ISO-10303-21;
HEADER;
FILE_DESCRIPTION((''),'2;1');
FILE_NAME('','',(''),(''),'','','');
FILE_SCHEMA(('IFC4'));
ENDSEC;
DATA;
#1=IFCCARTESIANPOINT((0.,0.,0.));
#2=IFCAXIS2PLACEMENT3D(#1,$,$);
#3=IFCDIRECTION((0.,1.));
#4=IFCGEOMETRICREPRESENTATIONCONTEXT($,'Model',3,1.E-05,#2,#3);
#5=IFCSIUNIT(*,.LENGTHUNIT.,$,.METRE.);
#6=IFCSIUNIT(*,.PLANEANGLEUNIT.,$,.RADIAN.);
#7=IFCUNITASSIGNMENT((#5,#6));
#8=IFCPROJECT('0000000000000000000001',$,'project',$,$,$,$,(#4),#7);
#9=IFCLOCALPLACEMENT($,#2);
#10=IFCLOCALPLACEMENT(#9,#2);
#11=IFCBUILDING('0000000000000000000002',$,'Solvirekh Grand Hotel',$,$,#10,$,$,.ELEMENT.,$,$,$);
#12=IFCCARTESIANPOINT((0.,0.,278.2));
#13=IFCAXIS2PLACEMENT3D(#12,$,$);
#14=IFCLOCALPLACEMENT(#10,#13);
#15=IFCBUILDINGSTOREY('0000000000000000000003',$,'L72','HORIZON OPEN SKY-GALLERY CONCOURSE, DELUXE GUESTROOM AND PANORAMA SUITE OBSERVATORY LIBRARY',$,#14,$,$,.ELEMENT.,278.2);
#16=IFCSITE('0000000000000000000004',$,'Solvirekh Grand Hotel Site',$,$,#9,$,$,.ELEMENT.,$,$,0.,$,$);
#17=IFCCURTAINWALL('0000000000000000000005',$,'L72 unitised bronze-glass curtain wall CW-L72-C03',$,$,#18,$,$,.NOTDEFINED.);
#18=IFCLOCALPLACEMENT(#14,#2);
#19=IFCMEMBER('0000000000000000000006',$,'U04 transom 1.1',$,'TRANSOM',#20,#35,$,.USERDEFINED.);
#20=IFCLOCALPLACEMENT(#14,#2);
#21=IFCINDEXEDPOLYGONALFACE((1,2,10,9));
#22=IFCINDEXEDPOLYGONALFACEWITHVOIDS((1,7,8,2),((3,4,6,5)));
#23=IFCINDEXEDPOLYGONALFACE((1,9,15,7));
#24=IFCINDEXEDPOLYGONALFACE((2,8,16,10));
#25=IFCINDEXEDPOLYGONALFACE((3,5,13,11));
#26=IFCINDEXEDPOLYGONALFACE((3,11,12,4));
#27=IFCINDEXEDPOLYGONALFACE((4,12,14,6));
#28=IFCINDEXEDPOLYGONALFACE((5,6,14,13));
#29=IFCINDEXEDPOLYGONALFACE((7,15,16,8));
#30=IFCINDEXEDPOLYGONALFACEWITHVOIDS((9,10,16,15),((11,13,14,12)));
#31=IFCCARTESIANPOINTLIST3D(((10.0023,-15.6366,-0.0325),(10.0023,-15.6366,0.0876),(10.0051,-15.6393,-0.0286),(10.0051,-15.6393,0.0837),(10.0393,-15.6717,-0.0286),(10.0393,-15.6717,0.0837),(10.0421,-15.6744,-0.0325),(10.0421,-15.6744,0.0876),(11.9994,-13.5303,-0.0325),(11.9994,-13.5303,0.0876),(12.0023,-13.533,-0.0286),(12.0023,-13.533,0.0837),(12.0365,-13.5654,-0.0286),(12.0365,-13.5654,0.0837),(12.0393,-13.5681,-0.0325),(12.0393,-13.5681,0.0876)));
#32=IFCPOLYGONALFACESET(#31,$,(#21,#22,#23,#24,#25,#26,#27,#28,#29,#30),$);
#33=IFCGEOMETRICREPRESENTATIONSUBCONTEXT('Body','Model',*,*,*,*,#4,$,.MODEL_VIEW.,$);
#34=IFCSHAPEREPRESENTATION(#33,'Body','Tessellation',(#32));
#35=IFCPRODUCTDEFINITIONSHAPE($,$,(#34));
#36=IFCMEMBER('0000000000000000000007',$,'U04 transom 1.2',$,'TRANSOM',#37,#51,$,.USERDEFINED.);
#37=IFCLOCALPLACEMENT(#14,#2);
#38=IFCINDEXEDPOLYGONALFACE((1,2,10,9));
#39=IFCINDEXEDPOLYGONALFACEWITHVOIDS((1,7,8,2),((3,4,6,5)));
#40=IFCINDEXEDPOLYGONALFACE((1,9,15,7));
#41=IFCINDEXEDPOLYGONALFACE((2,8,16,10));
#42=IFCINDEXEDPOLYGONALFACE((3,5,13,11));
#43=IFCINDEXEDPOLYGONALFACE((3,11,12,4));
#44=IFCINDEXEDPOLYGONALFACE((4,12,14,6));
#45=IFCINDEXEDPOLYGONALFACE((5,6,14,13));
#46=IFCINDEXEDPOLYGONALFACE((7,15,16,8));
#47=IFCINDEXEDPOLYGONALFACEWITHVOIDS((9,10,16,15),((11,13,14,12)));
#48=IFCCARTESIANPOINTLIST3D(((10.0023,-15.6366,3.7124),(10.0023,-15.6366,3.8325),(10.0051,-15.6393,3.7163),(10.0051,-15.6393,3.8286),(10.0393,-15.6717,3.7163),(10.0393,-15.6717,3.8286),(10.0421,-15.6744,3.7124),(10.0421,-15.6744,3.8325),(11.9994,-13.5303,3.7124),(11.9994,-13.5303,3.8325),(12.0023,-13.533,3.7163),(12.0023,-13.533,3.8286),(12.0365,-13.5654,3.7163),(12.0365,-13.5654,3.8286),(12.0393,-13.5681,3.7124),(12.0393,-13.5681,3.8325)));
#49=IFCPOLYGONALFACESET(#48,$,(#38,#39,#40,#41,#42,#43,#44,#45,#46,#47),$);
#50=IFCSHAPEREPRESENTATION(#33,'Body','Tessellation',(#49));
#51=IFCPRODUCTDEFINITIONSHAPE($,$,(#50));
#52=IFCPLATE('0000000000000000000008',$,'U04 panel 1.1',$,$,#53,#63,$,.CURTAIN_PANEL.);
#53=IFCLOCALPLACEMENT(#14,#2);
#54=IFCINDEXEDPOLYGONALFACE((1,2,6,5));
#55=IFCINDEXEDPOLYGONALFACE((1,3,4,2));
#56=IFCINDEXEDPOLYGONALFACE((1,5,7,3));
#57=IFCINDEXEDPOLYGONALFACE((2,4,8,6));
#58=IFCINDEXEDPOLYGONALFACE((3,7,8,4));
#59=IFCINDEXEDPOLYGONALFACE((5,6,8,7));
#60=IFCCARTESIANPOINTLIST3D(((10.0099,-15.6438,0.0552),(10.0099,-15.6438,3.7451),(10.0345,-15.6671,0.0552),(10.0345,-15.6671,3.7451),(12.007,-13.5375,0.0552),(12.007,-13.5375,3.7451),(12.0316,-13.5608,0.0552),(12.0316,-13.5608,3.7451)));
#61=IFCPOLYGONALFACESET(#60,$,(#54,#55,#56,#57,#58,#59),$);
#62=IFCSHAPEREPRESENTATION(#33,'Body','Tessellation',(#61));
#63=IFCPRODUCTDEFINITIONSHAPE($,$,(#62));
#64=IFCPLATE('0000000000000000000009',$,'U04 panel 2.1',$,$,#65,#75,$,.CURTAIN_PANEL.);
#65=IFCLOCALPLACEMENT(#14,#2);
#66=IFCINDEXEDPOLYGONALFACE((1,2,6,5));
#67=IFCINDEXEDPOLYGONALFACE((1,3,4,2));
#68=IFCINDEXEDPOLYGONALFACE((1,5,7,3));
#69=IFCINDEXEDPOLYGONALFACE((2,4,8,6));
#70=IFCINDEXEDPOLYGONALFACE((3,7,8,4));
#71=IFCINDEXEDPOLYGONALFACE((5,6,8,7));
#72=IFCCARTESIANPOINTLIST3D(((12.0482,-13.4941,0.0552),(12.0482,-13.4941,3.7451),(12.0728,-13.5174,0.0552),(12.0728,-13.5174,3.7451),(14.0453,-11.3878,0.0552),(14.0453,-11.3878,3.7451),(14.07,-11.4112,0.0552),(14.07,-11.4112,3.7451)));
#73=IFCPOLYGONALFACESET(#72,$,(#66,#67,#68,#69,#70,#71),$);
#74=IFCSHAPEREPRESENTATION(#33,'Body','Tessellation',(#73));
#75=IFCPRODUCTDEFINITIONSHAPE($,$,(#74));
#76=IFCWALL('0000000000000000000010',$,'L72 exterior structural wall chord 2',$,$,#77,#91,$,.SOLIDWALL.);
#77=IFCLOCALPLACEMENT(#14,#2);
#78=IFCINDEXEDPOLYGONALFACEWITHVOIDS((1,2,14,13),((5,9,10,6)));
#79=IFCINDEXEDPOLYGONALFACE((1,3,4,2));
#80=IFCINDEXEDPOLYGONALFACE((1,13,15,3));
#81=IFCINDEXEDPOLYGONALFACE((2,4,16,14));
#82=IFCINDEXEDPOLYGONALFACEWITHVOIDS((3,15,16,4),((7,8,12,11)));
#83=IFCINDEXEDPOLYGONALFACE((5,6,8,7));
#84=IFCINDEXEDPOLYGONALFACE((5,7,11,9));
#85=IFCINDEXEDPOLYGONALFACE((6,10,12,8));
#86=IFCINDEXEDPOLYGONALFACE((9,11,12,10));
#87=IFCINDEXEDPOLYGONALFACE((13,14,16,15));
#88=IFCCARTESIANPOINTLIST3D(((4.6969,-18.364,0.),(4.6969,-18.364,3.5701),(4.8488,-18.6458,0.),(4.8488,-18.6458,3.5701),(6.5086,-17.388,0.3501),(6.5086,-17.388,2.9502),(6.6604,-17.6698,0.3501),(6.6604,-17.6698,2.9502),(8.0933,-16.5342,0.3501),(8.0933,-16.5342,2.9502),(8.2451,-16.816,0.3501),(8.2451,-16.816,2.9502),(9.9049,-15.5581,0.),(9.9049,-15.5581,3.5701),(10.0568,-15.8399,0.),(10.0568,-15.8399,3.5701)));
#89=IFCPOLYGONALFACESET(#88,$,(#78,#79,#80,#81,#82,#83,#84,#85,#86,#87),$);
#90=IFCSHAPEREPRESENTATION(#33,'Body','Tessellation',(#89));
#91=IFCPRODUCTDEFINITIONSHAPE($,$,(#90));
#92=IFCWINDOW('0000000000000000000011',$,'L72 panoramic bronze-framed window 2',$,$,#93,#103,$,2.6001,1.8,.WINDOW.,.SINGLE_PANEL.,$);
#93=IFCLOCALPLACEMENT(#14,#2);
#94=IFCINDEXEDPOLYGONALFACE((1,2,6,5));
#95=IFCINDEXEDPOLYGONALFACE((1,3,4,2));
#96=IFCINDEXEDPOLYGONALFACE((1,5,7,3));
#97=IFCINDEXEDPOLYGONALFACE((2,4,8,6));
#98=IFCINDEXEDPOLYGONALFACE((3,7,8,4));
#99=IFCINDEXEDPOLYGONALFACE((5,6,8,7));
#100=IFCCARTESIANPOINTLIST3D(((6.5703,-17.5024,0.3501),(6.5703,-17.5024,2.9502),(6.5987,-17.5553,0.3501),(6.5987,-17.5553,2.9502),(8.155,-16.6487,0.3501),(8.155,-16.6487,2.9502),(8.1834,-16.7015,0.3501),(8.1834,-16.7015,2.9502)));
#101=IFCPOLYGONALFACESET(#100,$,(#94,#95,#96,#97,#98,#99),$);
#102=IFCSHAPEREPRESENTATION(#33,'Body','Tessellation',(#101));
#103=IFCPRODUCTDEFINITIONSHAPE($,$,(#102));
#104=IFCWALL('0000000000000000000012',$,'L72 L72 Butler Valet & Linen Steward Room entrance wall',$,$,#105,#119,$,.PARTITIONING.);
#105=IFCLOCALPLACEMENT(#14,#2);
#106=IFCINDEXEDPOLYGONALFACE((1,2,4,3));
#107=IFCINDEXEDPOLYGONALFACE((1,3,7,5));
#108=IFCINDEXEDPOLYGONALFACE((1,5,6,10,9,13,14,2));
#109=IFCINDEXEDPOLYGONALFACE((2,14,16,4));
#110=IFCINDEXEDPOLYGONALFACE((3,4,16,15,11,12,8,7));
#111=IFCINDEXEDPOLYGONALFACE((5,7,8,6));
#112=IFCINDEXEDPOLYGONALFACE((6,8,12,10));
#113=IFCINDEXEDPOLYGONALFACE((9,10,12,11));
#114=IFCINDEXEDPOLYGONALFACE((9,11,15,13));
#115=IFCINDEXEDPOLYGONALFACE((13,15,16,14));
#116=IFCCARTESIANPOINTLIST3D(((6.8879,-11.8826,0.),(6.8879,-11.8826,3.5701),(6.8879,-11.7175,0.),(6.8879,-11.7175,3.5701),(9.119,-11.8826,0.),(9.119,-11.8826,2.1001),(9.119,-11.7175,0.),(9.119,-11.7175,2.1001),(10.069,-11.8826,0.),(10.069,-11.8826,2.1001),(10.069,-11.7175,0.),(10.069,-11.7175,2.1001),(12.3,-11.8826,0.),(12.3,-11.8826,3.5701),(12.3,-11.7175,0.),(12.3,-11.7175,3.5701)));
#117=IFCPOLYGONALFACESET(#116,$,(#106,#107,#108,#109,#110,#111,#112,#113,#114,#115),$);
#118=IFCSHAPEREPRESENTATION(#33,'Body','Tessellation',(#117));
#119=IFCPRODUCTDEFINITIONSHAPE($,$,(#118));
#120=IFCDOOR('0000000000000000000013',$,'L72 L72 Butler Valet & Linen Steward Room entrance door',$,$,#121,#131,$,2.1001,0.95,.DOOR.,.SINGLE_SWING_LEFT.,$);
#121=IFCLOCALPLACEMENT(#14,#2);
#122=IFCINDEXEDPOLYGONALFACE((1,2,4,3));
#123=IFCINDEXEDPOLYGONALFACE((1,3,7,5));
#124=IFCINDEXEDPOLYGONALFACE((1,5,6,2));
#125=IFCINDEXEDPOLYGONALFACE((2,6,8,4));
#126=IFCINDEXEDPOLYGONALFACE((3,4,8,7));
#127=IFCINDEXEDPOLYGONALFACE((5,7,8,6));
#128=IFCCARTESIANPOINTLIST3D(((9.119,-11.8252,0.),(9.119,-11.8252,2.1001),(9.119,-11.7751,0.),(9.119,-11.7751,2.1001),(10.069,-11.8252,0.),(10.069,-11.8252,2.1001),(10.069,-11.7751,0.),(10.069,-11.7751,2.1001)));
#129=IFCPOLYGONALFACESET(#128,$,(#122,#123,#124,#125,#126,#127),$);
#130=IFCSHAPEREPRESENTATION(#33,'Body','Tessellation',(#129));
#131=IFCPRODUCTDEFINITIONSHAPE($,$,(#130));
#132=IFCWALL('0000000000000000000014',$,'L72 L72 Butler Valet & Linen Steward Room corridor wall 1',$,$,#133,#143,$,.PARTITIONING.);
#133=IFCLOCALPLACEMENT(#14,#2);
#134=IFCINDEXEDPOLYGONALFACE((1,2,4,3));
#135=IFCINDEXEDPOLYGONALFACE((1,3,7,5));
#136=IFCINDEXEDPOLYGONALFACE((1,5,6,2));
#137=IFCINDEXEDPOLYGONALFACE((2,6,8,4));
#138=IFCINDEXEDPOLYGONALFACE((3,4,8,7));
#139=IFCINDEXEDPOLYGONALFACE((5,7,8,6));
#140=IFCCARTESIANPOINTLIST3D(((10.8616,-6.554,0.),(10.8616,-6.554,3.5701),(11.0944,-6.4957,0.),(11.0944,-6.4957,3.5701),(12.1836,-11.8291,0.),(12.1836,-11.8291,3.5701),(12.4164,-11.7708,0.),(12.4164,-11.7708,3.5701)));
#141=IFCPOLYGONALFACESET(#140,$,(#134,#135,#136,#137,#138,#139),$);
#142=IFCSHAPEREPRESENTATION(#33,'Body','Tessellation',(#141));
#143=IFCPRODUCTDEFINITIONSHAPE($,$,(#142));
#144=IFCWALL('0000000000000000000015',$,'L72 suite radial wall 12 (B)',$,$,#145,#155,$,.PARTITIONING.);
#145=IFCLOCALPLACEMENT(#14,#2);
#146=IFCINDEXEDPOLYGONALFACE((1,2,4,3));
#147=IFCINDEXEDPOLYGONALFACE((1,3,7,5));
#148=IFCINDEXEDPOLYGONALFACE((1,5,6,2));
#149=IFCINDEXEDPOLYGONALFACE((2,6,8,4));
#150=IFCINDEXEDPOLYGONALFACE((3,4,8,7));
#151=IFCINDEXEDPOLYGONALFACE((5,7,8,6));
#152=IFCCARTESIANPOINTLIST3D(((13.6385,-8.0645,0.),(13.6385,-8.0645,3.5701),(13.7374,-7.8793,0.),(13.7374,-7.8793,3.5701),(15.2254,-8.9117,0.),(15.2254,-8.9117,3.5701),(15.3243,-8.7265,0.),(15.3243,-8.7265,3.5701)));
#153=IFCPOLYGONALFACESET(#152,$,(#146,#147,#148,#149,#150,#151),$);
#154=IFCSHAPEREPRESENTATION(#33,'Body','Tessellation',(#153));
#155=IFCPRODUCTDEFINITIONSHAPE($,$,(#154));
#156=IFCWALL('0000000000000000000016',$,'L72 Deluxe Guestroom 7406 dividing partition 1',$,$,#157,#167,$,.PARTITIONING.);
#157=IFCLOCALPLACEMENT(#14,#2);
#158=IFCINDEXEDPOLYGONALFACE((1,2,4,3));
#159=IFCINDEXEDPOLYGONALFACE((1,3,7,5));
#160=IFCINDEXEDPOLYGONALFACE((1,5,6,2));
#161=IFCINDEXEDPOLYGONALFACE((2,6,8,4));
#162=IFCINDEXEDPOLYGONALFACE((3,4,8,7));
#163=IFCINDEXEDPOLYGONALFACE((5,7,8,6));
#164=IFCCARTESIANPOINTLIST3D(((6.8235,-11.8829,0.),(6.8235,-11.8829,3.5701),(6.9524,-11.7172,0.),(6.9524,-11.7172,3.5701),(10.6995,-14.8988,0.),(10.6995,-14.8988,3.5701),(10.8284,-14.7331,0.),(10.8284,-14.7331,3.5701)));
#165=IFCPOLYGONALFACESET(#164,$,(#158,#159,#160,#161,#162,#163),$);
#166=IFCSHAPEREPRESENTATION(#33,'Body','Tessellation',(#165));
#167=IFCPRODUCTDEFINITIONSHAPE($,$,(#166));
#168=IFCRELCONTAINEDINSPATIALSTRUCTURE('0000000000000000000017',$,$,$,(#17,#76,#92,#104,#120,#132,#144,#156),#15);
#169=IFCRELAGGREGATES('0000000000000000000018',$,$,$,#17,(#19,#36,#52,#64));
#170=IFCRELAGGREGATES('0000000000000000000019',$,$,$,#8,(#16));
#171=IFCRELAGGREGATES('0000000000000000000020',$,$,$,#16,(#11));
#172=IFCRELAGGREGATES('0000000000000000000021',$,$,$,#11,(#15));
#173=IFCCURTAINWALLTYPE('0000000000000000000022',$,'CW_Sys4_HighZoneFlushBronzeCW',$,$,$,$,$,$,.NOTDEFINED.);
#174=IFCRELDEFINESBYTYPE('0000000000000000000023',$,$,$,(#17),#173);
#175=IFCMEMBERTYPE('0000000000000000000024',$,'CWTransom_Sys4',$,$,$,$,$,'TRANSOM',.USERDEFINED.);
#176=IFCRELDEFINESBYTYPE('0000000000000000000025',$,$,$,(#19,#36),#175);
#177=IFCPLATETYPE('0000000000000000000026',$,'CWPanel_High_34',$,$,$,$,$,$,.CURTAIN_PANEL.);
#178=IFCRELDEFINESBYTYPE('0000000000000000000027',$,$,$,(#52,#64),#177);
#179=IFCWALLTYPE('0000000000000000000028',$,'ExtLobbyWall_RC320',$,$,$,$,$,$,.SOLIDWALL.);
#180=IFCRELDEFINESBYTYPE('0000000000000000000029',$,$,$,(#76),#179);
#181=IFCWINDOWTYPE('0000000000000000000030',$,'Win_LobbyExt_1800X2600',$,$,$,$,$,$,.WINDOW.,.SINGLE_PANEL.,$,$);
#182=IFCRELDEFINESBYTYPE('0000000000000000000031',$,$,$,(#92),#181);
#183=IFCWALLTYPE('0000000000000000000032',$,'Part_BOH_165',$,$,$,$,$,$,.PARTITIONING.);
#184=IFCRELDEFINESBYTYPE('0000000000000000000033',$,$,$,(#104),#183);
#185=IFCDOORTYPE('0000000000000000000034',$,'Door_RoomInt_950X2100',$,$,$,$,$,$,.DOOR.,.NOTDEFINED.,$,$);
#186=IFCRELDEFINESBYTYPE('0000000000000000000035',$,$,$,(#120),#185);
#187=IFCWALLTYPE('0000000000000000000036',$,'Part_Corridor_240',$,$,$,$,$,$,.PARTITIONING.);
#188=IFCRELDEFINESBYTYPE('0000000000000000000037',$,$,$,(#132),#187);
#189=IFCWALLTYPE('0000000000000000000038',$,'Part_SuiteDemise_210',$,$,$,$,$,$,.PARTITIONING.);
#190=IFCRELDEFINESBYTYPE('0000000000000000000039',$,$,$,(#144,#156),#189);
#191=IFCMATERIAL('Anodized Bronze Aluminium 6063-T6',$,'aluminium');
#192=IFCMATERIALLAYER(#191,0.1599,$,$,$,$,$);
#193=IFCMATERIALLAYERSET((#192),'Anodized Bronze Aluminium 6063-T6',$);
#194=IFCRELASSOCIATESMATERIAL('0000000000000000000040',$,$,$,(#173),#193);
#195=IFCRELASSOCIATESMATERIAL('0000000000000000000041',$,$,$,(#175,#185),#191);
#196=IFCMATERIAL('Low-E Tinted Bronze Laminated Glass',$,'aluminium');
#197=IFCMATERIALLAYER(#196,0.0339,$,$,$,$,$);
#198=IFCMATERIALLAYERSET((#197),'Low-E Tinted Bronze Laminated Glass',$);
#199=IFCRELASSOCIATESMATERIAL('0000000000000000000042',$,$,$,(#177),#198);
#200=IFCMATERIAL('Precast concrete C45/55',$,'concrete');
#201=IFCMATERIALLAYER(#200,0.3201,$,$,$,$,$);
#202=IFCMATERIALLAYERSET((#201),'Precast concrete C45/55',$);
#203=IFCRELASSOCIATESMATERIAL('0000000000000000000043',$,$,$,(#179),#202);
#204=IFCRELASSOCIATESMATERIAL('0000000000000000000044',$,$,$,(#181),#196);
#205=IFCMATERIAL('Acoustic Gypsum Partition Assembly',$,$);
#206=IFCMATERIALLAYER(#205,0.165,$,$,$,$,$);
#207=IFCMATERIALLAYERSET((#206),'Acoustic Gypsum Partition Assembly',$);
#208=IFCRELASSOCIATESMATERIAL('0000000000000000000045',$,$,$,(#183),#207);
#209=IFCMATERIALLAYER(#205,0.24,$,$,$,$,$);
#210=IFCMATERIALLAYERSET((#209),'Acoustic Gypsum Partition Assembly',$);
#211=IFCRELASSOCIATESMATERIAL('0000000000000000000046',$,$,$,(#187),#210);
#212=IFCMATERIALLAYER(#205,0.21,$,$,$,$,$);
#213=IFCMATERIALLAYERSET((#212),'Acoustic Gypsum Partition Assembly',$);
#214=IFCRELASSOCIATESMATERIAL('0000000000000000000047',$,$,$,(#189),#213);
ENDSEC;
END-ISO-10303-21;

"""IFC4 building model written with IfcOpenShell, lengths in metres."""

from ifc_helpers import new_model, si_unit, direction, frame, frame_2d, origin, origin_2d, place, context, subcontext, project, spatial, rectangle, hollow_rectangle, extrude, source, transform, mapped, material, layer, layer_set, material_profile, profile_set, type_object, element, fill, aggregate, save


model = new_model("IFC4")

# Units and contexts
model_context = context("Model", 3, precision=1e-05, world=origin(), true_north=direction((0.0, 1.0)))
body_context = subcontext(model_context, "Body", "Model", "MODEL_VIEW")
ifc_project = project(units=[si_unit("LENGTHUNIT", "METRE"), si_unit("PLANEANGLEUNIT", "RADIAN")], contexts=[model_context])

# Site, building, storey
site_placement = place(None, origin())
site = spatial("IfcSite", under=ifc_project, at=site_placement, Name="Solvirekh Grand Hotel Site", CompositionType="ELEMENT", RefElevation=0.0)
building_placement = place(site_placement, origin())
building = spatial("IfcBuilding", under=site, at=building_placement, Name="Solvirekh Grand Hotel", CompositionType="ELEMENT")
storey_placement = place(building_placement, frame((0.0, 0.0, 278.2)))
storey = spatial("IfcBuildingStorey", under=building, at=storey_placement, Name="L72", Description="HORIZON OPEN SKY-GALLERY CONCOURSE, DELUXE GUESTROOM AND PANORAMA SUITE OBSERVATORY LIBRARY", CompositionType="ELEMENT", Elevation=278.2)

# Curtain wall, members, plates
ifc_material_1 = material(Name="Anodized Bronze Aluminium 6063-T6", Category="aluminium")
ifc_layer_1 = layer(ifc_material_1, 0.1599)
ifc_layer_set_1 = layer_set([ifc_layer_1], Name="Anodized Bronze Aluminium 6063-T6")
curtain_wall_type = type_object("IfcCurtainWallType", Name="CW_Sys4_HighZoneFlushBronzeCW", PredefinedType="NOTDEFINED", material=ifc_layer_set_1)
curtain_wall_placement = place(storey_placement, origin())
curtain_wall = element("IfcCurtainWall", 1, at=curtain_wall_placement, inside=storey, type_object=curtain_wall_type, Name="L72 unitised bronze-glass curtain wall CW-L72-C03", PredefinedType="NOTDEFINED")
ifc_material_profile_1 = material_profile(ifc_material_1, hollow_rectangle(XDim=0.0549, YDim=0.1201, WallThickness=0.0039, at=origin_2d()), Name="ALU RHS 120X55X4")
ifc_profile_set_1 = profile_set([ifc_material_profile_1], Name="Anodized Bronze Aluminium 6063-T6")
member_type_1 = type_object("IfcMemberType", Name="CWTransom_Sys4", ElementType="TRANSOM", PredefinedType="USERDEFINED", material=ifc_profile_set_1)
shared_shape_1 = source(origin(), body_context, "Body", "SweptSolid", [
    extrude(hollow_rectangle(XDim=0.0549, YDim=0.1201, WallThickness=0.0039, at=origin_2d()), origin(), (0.0, 0.0, 1.0), 2.9026),
])
member_1_placement = place(storey_placement, frame((10.0222, -15.6555, 0.0276), z_axis=(0.688057, 0.725656, 0.0), x_axis=(-0.725656, 0.688057, 0.0)))
member_1 = element("IfcMember", 2, at=member_1_placement, type_object=member_type_1, Name="U04 transom 1.1", ObjectType="TRANSOM", PredefinedType="USERDEFINED", context=body_context, shape_type="MappedRepresentation", body=[
    mapped(shared_shape_1, transform((0.0, 0.0, 0.0), x_axis=(1.0, 0.0, 0.0), y_axis=(0.0, 1.0, 0.0), z_axis=(0.0, 0.0, 1.0), scale=1.0)),
])
member_2_placement = place(storey_placement, frame((10.0222, -15.6555, 3.7725), z_axis=(0.688057, 0.725656, 0.0), x_axis=(-0.725656, 0.688057, 0.0)))
member_2 = element("IfcMember", 3, at=member_2_placement, type_object=member_type_1, Name="U04 transom 1.2", ObjectType="TRANSOM", PredefinedType="USERDEFINED", context=body_context, shape_type="MappedRepresentation", body=[
    mapped(shared_shape_1, transform((0.0, 0.0, 0.0), x_axis=(1.0, 0.0, 0.0), y_axis=(0.0, 1.0, 0.0), z_axis=(0.0, 0.0, 1.0), scale=1.0)),
])
ifc_material_2 = material(Name="Low-E Tinted Bronze Laminated Glass", Category="aluminium")
ifc_layer_2 = layer(ifc_material_2, 0.0339)
ifc_layer_set_2 = layer_set([ifc_layer_2], Name="Low-E Tinted Bronze Laminated Glass")
plate_type = type_object("IfcPlateType", Name="CWPanel_High_34", PredefinedType="CURTAIN_PANEL", material=ifc_layer_set_2)
shared_shape_2 = source(origin(), body_context, "Body", "SweptSolid", [
    extrude(rectangle(XDim=2.9026, YDim=0.0339, at=origin_2d()), origin(), (0.0, 0.0, 1.0), 3.6899),
])
plate_1_placement = place(storey_placement, frame((11.0208, -14.6023, 0.0552), z_axis=(0.0, 0.0, 1.0), x_axis=(0.68806, 0.725654, 0.0)))
plate_1 = element("IfcPlate", 4, at=plate_1_placement, type_object=plate_type, Name="U04 panel 1.1", PredefinedType="CURTAIN_PANEL", context=body_context, shape_type="MappedRepresentation", body=[
    mapped(shared_shape_2, transform((0.0, 0.0, 0.0), x_axis=(1.0, 0.0, 0.0), y_axis=(0.0, 1.0, 0.0), z_axis=(0.0, 0.0, 1.0), scale=1.0)),
])
plate_2_placement = place(storey_placement, frame((13.0591, -12.4526, 0.0552), z_axis=(0.0, 0.0, 1.0), x_axis=(0.68806, 0.725654, 0.0)))
plate_2 = element("IfcPlate", 5, at=plate_2_placement, type_object=plate_type, Name="U04 panel 2.1", PredefinedType="CURTAIN_PANEL", context=body_context, shape_type="MappedRepresentation", body=[
    mapped(shared_shape_2, transform((0.0, 0.0, 0.0), x_axis=(1.0, 0.0, 0.0), y_axis=(0.0, 1.0, 0.0), z_axis=(0.0, 0.0, 1.0), scale=1.0)),
])
aggregate(curtain_wall, [member_1, member_2, plate_1, plate_2])

# Wall, opening, window
ifc_material_3 = material(Name="Precast concrete C45/55", Category="concrete")
ifc_layer_3 = layer(ifc_material_3, 0.3201)
ifc_layer_set_3 = layer_set([ifc_layer_3], Name="Precast concrete C45/55")
wall_type_1 = type_object("IfcWallType", Name="ExtLobbyWall_RC320", PredefinedType="SOLIDWALL", material=ifc_layer_set_3)
wall_1_placement = place(storey_placement, frame((9.981, -15.699, 0.0), z_axis=(0.0, 0.0, 1.0), x_axis=(-0.880358, -0.474309, 0.0)))
wall_1 = element("IfcWall", 6, at=wall_1_placement, inside=storey, type_object=wall_type_1, Name="L72 exterior structural wall chord 2", PredefinedType="SOLIDWALL", context=body_context, shape_type="SweptSolid", body=[
    extrude(rectangle(XDim=5.9158, YDim=0.3201, at=frame_2d((2.958, 0.0))), origin(), (0.0, 0.0, 1.0), 3.5701),
])
opening_1_placement = place(wall_1_placement, frame((2.0581, 0.0, 0.3501)))
opening_1 = element("IfcOpeningElement", 7, at=opening_1_placement, cuts=wall_1, PredefinedType="OPENING", context=body_context, shape_type="SweptSolid", body=[
    extrude(rectangle(XDim=1.8, YDim=2.6001, at=frame_2d((0.8999, 1.3))), frame((0.0, 0.1699, 0.0), z_axis=(0.0, -1.0, 0.0), x_axis=(1.0, 0.0, 0.0)), (0.0, 0.0, 1.0), 0.3401),
])
window_type = type_object("IfcWindowType", Name="Win_LobbyExt_1800X2600", PartitioningType="SINGLE_PANEL", PredefinedType="WINDOW", material=ifc_material_2)
window_placement = place(opening_1_placement, origin())
window = element("IfcWindow", 8, at=window_placement, inside=storey, type_object=window_type, Name="L72 panoramic bronze-framed window 2", OverallHeight=2.6001, OverallWidth=1.8, PartitioningType="SINGLE_PANEL", PredefinedType="WINDOW", context=body_context, shape_type="SweptSolid", body=[
    extrude(rectangle(XDim=1.8, YDim=2.6001, at=frame_2d((0.8999, 1.3))), frame((0.0, 0.03, 0.0), z_axis=(0.0, -1.0, 0.0), x_axis=(1.0, 0.0, 0.0)), (0.0, 0.0, 1.0), 0.0601),
])
fill(opening_1, window)

# Wall, opening, door
ifc_material_4 = material(Name="Acoustic Gypsum Partition Assembly")
ifc_layer_4 = layer(ifc_material_4, 0.165)
ifc_layer_set_4 = layer_set([ifc_layer_4], Name="Acoustic Gypsum Partition Assembly")
wall_type_2 = type_object("IfcWallType", Name="Part_BOH_165", PredefinedType="PARTITIONING", material=ifc_layer_set_4)
wall_2_placement = place(storey_placement, frame((6.8879, -11.8, 0.0), z_axis=(0.0, 0.0, 1.0), x_axis=(1.0, 0.0, 0.0)))
wall_2 = element("IfcWall", 9, at=wall_2_placement, inside=storey, type_object=wall_type_2, Name="L72 L72 Butler Valet & Linen Steward Room entrance wall", PredefinedType="PARTITIONING", context=body_context, shape_type="SweptSolid", body=[
    extrude(rectangle(XDim=5.4121, YDim=0.165, at=frame_2d((2.7061, 0.0))), origin(), (0.0, 0.0, 1.0), 3.5701),
])
opening_2_placement = place(wall_2_placement, frame((2.231, 0.0, 0.0)))
opening_2 = element("IfcOpeningElement", 10, at=opening_2_placement, cuts=wall_2, PredefinedType="OPENING", context=body_context, shape_type="SweptSolid", body=[
    extrude(rectangle(XDim=0.95, YDim=2.1001, at=frame_2d((0.4751, 1.05))), frame((0.0, 0.0925, 0.0), z_axis=(0.0, -1.0, 0.0), x_axis=(1.0, 0.0, 0.0)), (0.0, 0.0, 1.0), 0.1851),
])
door_type = type_object("IfcDoorType", Name="Door_RoomInt_950X2100", OperationType="NOTDEFINED", PredefinedType="DOOR", material=ifc_material_1)
door_placement = place(opening_2_placement, origin())
door = element("IfcDoor", 11, at=door_placement, inside=storey, type_object=door_type, Name="L72 L72 Butler Valet & Linen Steward Room entrance door", OperationType="SINGLE_SWING_LEFT", OverallHeight=2.1001, OverallWidth=0.95, PredefinedType="DOOR", context=body_context, shape_type="SweptSolid", body=[
    extrude(rectangle(XDim=0.95, YDim=2.1001, at=frame_2d((0.4751, 1.05))), frame((0.0, 0.0249, 0.0), z_axis=(0.0, -1.0, 0.0), x_axis=(1.0, 0.0, 0.0)), (0.0, 0.0, 1.0), 0.05),
])
fill(opening_2, door)

# Walls
ifc_layer_5 = layer(ifc_material_4, 0.24)
ifc_layer_set_5 = layer_set([ifc_layer_5], Name="Acoustic Gypsum Partition Assembly")
wall_type_3 = type_object("IfcWallType", Name="Part_Corridor_240", PredefinedType="PARTITIONING", material=ifc_layer_set_5)
wall_3_placement = place(storey_placement, frame((12.3, -11.8, 0.0), z_axis=(0.0, 0.0, 1.0), x_axis=(-0.243095, 0.970002, 0.0)))
element("IfcWall", 12, at=wall_3_placement, inside=storey, type_object=wall_type_3, Name="L72 L72 Butler Valet & Linen Steward Room corridor wall 1", PredefinedType="PARTITIONING", context=body_context, shape_type="SweptSolid", body=[
    extrude(rectangle(XDim=5.4382, YDim=0.24, at=frame_2d((2.7192, 0.0))), origin(), (0.0, 0.0, 1.0), 3.5701),
])
ifc_layer_6 = layer(ifc_material_4, 0.21)
ifc_layer_set_6 = layer_set([ifc_layer_6], Name="Acoustic Gypsum Partition Assembly")
wall_type_4 = type_object("IfcWallType", Name="Part_SuiteDemise_210", PredefinedType="PARTITIONING", material=ifc_layer_set_6)
wall_4_placement = place(storey_placement, frame((13.688, -7.9719, 0.0), z_axis=(0.0, 0.0, 1.0), x_axis=(0.882165, -0.47094, 0.0)))
element("IfcWall", 13, at=wall_4_placement, inside=storey, type_object=wall_type_4, Name="L72 suite radial wall 12 (B)", PredefinedType="PARTITIONING", context=body_context, shape_type="SweptSolid", body=[
    extrude(rectangle(XDim=1.7988, YDim=0.21, at=frame_2d((0.8994, 0.0))), origin(), (0.0, 0.0, 1.0), 3.5701),
])
wall_5_placement = place(storey_placement, frame((6.8879, -11.8, 0.0), z_axis=(0.0, 0.0, 1.0), x_axis=(0.789232, -0.614095, 0.0)))
element("IfcWall", 14, at=wall_5_placement, inside=storey, type_object=wall_type_4, Name="L72 Deluxe Guestroom 7406 dividing partition 1", PredefinedType="PARTITIONING", context=body_context, shape_type="SweptSolid", body=[
    extrude(rectangle(XDim=4.9111, YDim=0.21, at=frame_2d((2.4556, 0.0))), origin(), (0.0, 0.0, 1.0), 3.5701),
])

save(model, "model.ifc")
